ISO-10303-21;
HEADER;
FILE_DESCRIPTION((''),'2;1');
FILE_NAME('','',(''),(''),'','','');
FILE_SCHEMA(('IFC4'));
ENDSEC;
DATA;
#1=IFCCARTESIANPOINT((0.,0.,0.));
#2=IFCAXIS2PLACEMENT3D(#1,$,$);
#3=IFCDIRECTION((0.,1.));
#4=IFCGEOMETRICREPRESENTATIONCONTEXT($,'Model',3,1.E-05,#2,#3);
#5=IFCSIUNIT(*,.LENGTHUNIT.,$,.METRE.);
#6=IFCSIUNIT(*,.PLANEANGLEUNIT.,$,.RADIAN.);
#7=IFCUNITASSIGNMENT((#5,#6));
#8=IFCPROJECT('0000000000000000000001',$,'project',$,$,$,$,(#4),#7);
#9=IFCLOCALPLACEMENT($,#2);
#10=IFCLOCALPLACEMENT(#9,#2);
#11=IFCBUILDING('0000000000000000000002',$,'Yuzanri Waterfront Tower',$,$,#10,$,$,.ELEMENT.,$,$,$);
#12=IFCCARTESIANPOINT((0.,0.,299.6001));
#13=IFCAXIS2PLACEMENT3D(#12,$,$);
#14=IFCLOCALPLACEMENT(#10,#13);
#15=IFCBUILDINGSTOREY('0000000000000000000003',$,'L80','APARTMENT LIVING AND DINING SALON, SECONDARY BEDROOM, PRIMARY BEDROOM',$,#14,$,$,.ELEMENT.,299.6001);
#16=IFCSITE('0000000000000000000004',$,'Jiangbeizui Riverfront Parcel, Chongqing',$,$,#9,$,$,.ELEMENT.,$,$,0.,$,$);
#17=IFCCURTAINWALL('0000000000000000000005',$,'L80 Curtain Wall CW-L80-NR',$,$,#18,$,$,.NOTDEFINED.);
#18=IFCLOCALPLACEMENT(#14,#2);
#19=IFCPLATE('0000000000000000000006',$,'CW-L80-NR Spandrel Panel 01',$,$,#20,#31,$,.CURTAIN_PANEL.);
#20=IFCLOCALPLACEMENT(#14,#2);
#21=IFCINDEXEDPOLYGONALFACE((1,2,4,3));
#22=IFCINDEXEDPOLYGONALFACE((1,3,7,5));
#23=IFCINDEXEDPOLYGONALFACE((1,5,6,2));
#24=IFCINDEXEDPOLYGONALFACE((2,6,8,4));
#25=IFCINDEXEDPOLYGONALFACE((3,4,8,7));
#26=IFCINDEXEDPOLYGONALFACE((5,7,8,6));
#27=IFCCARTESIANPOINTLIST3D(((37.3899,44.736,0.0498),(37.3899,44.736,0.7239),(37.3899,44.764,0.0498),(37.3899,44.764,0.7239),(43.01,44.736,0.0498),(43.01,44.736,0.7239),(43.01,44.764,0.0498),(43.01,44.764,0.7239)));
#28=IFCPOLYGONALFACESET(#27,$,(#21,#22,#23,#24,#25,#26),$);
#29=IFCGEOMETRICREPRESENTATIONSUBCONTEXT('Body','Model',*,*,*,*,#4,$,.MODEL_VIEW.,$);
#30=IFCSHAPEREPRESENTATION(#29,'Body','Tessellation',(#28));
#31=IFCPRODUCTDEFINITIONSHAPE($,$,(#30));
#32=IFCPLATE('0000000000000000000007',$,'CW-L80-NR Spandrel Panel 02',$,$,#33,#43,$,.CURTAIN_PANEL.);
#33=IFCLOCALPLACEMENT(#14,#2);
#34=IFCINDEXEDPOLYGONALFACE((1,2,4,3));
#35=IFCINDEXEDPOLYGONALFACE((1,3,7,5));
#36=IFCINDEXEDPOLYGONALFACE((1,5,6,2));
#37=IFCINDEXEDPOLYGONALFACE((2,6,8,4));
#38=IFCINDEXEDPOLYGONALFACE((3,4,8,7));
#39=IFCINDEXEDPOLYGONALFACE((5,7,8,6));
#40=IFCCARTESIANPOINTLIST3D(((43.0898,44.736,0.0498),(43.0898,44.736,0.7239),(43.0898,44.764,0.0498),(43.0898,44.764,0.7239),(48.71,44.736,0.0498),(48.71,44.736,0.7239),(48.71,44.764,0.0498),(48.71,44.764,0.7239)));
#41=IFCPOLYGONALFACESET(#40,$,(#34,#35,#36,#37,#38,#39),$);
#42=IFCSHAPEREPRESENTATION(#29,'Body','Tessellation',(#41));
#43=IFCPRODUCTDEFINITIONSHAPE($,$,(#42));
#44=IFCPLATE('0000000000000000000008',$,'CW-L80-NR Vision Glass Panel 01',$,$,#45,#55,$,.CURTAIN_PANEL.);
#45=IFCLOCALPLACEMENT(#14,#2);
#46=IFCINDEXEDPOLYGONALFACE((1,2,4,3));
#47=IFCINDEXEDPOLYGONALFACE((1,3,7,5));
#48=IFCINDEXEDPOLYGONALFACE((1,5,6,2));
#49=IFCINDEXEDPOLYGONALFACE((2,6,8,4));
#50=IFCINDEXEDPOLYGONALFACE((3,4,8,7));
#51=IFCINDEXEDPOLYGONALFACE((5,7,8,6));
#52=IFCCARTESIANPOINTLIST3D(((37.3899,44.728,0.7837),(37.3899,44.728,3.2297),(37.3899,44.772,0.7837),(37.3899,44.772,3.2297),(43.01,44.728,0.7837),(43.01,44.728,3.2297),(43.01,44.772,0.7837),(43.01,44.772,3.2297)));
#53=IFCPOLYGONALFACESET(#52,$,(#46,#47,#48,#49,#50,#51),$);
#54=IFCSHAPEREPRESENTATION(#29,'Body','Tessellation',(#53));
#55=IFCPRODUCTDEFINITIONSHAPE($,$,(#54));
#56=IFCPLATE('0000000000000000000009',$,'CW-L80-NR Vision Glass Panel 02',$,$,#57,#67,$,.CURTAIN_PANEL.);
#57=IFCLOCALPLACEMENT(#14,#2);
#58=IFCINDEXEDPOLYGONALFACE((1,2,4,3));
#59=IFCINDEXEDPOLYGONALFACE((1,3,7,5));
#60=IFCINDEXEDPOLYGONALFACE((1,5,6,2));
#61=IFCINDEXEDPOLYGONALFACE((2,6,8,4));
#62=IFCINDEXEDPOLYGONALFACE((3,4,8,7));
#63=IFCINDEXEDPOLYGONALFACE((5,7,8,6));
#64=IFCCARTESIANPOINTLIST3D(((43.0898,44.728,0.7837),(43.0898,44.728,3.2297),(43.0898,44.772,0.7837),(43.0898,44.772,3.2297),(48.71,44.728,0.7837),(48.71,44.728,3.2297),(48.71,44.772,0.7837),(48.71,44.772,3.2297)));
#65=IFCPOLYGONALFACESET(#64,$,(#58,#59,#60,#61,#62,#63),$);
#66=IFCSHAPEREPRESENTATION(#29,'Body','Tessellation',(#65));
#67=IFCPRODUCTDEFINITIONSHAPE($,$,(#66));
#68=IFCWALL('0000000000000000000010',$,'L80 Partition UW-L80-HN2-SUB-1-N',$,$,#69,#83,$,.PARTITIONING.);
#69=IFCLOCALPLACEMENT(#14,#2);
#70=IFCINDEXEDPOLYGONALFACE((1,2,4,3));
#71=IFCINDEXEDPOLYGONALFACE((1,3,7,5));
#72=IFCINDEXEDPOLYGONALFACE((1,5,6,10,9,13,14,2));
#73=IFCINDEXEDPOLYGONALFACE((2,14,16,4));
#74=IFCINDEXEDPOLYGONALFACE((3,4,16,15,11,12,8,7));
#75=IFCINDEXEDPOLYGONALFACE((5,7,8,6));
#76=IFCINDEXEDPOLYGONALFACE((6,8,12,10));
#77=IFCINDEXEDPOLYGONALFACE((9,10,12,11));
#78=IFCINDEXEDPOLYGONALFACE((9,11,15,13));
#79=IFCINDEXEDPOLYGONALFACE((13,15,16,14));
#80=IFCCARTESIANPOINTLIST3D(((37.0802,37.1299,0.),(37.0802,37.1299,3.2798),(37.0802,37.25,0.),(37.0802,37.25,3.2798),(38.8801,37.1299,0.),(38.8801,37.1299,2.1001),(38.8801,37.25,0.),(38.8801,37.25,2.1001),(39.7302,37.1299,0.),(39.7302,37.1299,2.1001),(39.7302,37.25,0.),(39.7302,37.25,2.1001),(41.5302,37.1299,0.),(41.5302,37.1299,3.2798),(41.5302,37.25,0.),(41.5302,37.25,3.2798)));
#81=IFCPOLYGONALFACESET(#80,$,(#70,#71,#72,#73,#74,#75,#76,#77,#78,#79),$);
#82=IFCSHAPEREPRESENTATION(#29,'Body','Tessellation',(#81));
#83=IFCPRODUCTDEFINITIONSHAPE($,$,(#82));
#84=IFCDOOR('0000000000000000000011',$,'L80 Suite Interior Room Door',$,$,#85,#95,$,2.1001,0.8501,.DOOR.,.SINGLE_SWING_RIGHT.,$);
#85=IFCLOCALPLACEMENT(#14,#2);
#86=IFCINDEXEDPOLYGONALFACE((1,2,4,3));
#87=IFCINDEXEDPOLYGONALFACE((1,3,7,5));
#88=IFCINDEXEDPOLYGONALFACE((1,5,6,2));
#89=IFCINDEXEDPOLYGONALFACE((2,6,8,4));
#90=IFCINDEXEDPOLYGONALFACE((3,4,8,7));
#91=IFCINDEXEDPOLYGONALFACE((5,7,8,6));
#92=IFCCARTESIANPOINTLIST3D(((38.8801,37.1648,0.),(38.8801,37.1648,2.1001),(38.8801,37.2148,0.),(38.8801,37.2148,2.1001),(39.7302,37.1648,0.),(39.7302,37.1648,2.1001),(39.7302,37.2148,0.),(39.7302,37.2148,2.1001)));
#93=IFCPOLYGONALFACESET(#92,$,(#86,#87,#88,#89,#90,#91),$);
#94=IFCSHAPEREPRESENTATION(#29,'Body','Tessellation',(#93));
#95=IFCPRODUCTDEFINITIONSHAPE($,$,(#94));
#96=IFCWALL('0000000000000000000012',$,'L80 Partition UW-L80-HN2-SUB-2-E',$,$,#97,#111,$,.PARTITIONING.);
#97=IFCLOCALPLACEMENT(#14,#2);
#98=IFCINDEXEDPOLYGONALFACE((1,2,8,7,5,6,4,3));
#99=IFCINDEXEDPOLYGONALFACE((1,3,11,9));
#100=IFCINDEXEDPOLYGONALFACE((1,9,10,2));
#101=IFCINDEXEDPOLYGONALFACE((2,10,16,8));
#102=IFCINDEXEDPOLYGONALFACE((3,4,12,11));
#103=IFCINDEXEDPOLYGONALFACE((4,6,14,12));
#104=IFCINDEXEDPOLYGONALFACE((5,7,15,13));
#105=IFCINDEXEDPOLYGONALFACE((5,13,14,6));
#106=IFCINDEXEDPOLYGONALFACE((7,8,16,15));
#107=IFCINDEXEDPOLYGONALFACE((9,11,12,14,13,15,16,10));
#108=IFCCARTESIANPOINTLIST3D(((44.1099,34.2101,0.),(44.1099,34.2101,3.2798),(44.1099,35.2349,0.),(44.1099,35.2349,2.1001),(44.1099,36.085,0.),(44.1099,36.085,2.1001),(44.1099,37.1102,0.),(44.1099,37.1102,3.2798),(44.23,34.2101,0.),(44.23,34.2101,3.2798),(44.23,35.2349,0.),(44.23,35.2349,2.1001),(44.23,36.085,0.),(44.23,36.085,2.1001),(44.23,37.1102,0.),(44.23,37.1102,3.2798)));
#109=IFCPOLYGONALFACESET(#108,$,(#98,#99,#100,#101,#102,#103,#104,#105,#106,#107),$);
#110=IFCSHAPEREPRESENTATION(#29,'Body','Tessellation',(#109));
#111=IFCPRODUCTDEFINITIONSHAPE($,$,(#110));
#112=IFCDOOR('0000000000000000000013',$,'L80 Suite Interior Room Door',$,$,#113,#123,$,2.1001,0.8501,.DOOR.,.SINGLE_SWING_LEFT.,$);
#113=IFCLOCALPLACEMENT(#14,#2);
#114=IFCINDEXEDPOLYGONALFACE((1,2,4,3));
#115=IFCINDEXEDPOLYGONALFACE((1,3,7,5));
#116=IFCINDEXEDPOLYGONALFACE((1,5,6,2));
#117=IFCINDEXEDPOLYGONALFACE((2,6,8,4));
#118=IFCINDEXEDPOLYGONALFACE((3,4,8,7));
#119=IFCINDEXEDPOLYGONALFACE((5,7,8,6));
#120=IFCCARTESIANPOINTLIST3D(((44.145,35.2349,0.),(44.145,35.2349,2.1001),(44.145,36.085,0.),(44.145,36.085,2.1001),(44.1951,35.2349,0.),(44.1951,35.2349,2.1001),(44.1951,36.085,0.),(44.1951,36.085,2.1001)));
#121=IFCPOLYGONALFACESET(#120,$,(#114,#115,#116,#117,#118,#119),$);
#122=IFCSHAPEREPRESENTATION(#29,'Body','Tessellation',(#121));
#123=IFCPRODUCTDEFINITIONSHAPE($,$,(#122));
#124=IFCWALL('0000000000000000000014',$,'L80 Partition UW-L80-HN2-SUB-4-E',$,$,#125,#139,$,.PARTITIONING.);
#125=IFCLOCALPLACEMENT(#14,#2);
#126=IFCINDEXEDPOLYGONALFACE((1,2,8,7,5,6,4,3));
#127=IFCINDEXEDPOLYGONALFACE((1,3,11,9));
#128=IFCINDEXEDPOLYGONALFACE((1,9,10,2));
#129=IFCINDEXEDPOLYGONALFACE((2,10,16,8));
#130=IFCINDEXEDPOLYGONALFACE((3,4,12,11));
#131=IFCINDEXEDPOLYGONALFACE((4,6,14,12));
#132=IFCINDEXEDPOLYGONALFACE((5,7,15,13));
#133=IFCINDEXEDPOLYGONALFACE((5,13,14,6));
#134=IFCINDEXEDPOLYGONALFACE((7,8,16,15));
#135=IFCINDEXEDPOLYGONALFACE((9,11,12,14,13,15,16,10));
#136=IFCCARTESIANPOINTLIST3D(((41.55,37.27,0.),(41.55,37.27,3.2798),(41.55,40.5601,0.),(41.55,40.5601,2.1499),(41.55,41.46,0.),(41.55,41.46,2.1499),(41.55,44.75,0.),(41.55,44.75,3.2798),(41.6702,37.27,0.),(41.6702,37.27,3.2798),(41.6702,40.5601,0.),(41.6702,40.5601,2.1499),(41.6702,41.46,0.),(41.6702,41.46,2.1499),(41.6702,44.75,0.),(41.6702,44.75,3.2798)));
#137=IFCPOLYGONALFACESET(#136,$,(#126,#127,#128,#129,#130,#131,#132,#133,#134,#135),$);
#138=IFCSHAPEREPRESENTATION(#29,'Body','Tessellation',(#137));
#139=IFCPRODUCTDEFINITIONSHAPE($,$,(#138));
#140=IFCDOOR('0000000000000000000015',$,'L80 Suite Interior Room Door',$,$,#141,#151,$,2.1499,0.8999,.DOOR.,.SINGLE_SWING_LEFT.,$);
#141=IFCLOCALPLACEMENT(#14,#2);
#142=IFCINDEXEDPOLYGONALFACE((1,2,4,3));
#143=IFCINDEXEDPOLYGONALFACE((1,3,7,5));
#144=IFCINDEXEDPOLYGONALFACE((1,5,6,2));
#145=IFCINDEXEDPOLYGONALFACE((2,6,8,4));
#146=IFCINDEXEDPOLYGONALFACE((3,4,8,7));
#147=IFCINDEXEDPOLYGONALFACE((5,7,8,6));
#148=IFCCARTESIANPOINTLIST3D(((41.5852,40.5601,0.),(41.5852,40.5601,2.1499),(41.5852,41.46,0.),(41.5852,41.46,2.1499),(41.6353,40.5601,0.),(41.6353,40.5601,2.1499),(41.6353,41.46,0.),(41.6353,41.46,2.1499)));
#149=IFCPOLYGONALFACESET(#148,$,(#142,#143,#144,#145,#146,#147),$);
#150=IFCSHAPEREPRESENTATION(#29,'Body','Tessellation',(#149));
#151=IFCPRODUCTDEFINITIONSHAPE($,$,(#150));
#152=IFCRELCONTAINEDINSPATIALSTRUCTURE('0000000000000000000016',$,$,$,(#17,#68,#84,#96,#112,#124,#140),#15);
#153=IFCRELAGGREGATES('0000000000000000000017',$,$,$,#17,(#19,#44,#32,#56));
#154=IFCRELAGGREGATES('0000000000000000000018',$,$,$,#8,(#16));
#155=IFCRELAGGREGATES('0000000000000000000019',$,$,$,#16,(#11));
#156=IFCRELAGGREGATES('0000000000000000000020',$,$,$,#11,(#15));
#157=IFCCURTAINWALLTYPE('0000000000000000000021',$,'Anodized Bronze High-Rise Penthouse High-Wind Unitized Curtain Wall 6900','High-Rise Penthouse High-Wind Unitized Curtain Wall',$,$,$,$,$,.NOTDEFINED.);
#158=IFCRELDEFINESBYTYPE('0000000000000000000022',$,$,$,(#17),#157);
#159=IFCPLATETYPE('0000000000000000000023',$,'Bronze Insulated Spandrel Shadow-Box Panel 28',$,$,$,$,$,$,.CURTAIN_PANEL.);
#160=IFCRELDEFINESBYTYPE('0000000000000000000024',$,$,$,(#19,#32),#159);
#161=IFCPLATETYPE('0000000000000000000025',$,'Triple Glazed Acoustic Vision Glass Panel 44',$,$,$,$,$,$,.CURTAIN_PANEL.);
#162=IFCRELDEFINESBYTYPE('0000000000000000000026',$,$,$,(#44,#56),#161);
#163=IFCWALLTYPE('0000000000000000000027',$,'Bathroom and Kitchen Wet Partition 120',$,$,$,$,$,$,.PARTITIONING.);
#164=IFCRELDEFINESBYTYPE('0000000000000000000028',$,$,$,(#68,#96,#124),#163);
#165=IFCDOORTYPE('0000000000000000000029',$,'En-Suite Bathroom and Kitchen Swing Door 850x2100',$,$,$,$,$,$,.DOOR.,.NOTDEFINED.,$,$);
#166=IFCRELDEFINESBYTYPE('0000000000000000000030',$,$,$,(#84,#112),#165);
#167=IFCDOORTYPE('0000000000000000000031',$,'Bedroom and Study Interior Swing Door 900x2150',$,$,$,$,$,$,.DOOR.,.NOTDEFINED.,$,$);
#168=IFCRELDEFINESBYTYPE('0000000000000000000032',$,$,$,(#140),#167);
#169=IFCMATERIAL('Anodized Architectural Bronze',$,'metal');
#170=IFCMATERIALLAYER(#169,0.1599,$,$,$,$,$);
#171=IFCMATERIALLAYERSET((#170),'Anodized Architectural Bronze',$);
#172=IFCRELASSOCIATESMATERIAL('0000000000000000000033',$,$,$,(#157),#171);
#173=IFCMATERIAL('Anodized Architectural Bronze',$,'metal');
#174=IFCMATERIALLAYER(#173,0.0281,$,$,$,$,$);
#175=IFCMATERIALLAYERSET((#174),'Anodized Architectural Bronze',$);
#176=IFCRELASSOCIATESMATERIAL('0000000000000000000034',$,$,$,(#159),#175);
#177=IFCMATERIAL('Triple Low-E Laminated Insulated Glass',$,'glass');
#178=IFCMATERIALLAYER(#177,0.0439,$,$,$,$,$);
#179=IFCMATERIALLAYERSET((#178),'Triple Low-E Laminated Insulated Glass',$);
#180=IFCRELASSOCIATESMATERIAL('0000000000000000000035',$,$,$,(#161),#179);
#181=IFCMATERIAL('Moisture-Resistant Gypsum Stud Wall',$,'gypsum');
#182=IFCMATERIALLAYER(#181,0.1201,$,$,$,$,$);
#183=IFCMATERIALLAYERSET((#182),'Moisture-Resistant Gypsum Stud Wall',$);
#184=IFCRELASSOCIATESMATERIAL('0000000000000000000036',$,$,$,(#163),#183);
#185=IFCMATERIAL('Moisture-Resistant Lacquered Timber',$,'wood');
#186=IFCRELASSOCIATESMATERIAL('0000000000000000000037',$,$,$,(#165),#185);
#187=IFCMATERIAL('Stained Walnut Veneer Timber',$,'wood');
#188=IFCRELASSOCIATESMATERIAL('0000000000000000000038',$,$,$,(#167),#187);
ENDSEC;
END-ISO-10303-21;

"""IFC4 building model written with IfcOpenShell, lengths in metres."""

from ifc_helpers import new_model, si_unit, direction, frame, frame_2d, origin, origin_2d, place, context, subcontext, project, spatial, rectangle, extrude, source, transform, mapped, material, layer, layer_set, type_object, element, fill, aggregate, save


model = new_model("IFC4")

# Units and contexts
model_context = context("Model", 3, precision=1e-05, world=origin(), true_north=direction((0.0, 1.0)))
body_context = subcontext(model_context, "Body", "Model", "MODEL_VIEW")
ifc_project = project(units=[si_unit("LENGTHUNIT", "METRE"), si_unit("PLANEANGLEUNIT", "RADIAN")], contexts=[model_context])

# Site, building, storey
site_placement = place(None, origin())
site = spatial("IfcSite", under=ifc_project, at=site_placement, Name="Jiangbeizui Riverfront Parcel, Chongqing", CompositionType="ELEMENT", RefElevation=0.0)
building_placement = place(site_placement, origin())
building = spatial("IfcBuilding", under=site, at=building_placement, Name="Yuzanri Waterfront Tower", CompositionType="ELEMENT")
storey_placement = place(building_placement, frame((0.0, 0.0, 299.6001)))
storey = spatial("IfcBuildingStorey", under=building, at=storey_placement, Name="L80", Description="APARTMENT LIVING AND DINING SALON, SECONDARY BEDROOM, PRIMARY BEDROOM", CompositionType="ELEMENT", Elevation=299.6001)

# Curtain wall, plates
ifc_material_1 = material(Name="Anodized Architectural Bronze", Category="metal")
ifc_layer_1 = layer(ifc_material_1, 0.1599)
ifc_layer_set_1 = layer_set([ifc_layer_1], Name="Anodized Architectural Bronze")
curtain_wall_type = type_object("IfcCurtainWallType", Name="Anodized Bronze High-Rise Penthouse High-Wind Unitized Curtain Wall 6900", Description="High-Rise Penthouse High-Wind Unitized Curtain Wall", PredefinedType="NOTDEFINED", material=ifc_layer_set_1)
curtain_wall_placement = place(storey_placement, origin())
curtain_wall = element("IfcCurtainWall", 1, at=curtain_wall_placement, inside=storey, type_object=curtain_wall_type, Name="L80 Curtain Wall CW-L80-NR", PredefinedType="NOTDEFINED")
ifc_material_2 = material(Name="Anodized Architectural Bronze", Category="metal")
ifc_layer_2 = layer(ifc_material_2, 0.0281)
ifc_layer_set_2 = layer_set([ifc_layer_2], Name="Anodized Architectural Bronze")
plate_type_1 = type_object("IfcPlateType", Name="Bronze Insulated Spandrel Shadow-Box Panel 28", PredefinedType="CURTAIN_PANEL", material=ifc_layer_set_2)
shared_shape_1 = source(origin(), body_context, "Body", "SweptSolid", [
    extrude(rectangle(XDim=5.6201, YDim=0.0281, at=origin_2d()), origin(), (0.0, 0.0, 1.0), 0.6741),
])
plate_1_placement = place(storey_placement, frame((40.2, 44.75, 0.0498), z_axis=(0.0, 0.0, 1.0), x_axis=(1.0, 0.0, 0.0)))
plate_1 = element("IfcPlate", 2, at=plate_1_placement, type_object=plate_type_1, Name="CW-L80-NR Spandrel Panel 01", PredefinedType="CURTAIN_PANEL", context=body_context, shape_type="MappedRepresentation", body=[
    mapped(shared_shape_1, transform((0.0, 0.0, 0.0), scale=1.0)),
])
plate_2_placement = place(storey_placement, frame((45.8999, 44.75, 0.0498), z_axis=(0.0, 0.0, 1.0), x_axis=(1.0, 0.0, 0.0)))
plate_2 = element("IfcPlate", 3, at=plate_2_placement, type_object=plate_type_1, Name="CW-L80-NR Spandrel Panel 02", PredefinedType="CURTAIN_PANEL", context=body_context, shape_type="MappedRepresentation", body=[
    mapped(shared_shape_1, transform((0.0, 0.0, 0.0), scale=1.0)),
])
ifc_material_3 = material(Name="Triple Low-E Laminated Insulated Glass", Category="glass")
ifc_layer_3 = layer(ifc_material_3, 0.0439)
ifc_layer_set_3 = layer_set([ifc_layer_3], Name="Triple Low-E Laminated Insulated Glass")
plate_type_2 = type_object("IfcPlateType", Name="Triple Glazed Acoustic Vision Glass Panel 44", PredefinedType="CURTAIN_PANEL", material=ifc_layer_set_3)
shared_shape_2 = source(origin(), body_context, "Body", "SweptSolid", [
    extrude(rectangle(XDim=5.6201, YDim=0.0439, at=origin_2d()), origin(), (0.0, 0.0, 1.0), 2.446),
])
plate_3_placement = place(storey_placement, frame((40.2, 44.75, 0.7837), z_axis=(0.0, 0.0, 1.0), x_axis=(1.0, 0.0, 0.0)))
plate_3 = element("IfcPlate", 4, at=plate_3_placement, type_object=plate_type_2, Name="CW-L80-NR Vision Glass Panel 01", PredefinedType="CURTAIN_PANEL", context=body_context, shape_type="MappedRepresentation", body=[
    mapped(shared_shape_2, transform((0.0, 0.0, 0.0), scale=1.0)),
])
plate_4_placement = place(storey_placement, frame((45.8999, 44.75, 0.7837), z_axis=(0.0, 0.0, 1.0), x_axis=(1.0, 0.0, 0.0)))
plate_4 = element("IfcPlate", 5, at=plate_4_placement, type_object=plate_type_2, Name="CW-L80-NR Vision Glass Panel 02", PredefinedType="CURTAIN_PANEL", context=body_context, shape_type="MappedRepresentation", body=[
    mapped(shared_shape_2, transform((0.0, 0.0, 0.0), scale=1.0)),
])
aggregate(curtain_wall, [plate_1, plate_3, plate_2, plate_4])

# Walls, openings, doors
ifc_material_4 = material(Name="Moisture-Resistant Gypsum Stud Wall", Category="gypsum")
ifc_layer_4 = layer(ifc_material_4, 0.1201)
ifc_layer_set_4 = layer_set([ifc_layer_4], Name="Moisture-Resistant Gypsum Stud Wall")
wall_type_1 = type_object("IfcWallType", Name="Bathroom and Kitchen Wet Partition 120", PredefinedType="PARTITIONING", material=ifc_layer_set_4)
wall_1_placement = place(storey_placement, frame((37.0801, 37.1899, 0.0), z_axis=(0.0, 0.0, 1.0), x_axis=(1.0, 0.0, 0.0)))
wall_1 = element("IfcWall", 6, at=wall_1_placement, inside=storey, type_object=wall_type_1, Name="L80 Partition UW-L80-HN2-SUB-1-N", PredefinedType="PARTITIONING", context=body_context, shape_type="SweptSolid", body=[
    extrude(rectangle(XDim=4.45, YDim=0.1201, at=frame_2d((2.2251, 0.0))), origin(), (0.0, 0.0, 1.0), 3.2798),
])
opening_1_placement = place(wall_1_placement, frame((1.8, 0.0, 0.0)))
opening_1 = element("IfcOpeningElement", 7, at=opening_1_placement, cuts=wall_1, PredefinedType="OPENING", context=body_context, shape_type="SweptSolid", body=[
    extrude(rectangle(XDim=0.8501, YDim=2.1001, at=frame_2d((0.425, 1.05))), frame((0.0, 0.075, 0.0), z_axis=(0.0, -1.0, 0.0), x_axis=(1.0, 0.0, 0.0)), (0.0, 0.0, 1.0), 0.1499),
])
ifc_material_5 = material(Name="Moisture-Resistant Lacquered Timber", Category="wood")
door_type_1 = type_object("IfcDoorType", Name="En-Suite Bathroom and Kitchen Swing Door 850x2100", OperationType="NOTDEFINED", PredefinedType="DOOR", material=ifc_material_5)
shared_shape_3 = source(origin(), body_context, "Body", "SweptSolid", [
    extrude(rectangle(XDim=0.8501, YDim=2.1001, at=frame_2d((0.425, 1.05))), frame((0.0, 0.0249, 0.0), z_axis=(0.0, -1.0, 0.0), x_axis=(1.0, 0.0, 0.0)), (0.0, 0.0, 1.0), 0.05),
])
door_1_placement = place(opening_1_placement, origin())
door_1 = element("IfcDoor", 8, at=door_1_placement, inside=storey, type_object=door_type_1, Name="L80 Suite Interior Room Door", OperationType="SINGLE_SWING_RIGHT", OverallHeight=2.1001, OverallWidth=0.8501, PredefinedType="DOOR", context=body_context, shape_type="MappedRepresentation", body=[
    mapped(shared_shape_3, transform((0.0, 0.0, 0.0), scale=1.0)),
])
fill(opening_1, door_1)
wall_2_placement = place(storey_placement, frame((44.1699, 34.21, 0.0), z_axis=(0.0, 0.0, 1.0), x_axis=(0.0, 1.0, 0.0)))
wall_2 = element("IfcWall", 9, at=wall_2_placement, inside=storey, type_object=wall_type_1, Name="L80 Partition UW-L80-HN2-SUB-2-E", PredefinedType="PARTITIONING", context=body_context, shape_type="SweptSolid", body=[
    extrude(rectangle(XDim=2.9001, YDim=0.1201, at=frame_2d((1.4502, 0.0))), origin(), (0.0, 0.0, 1.0), 3.2798),
])
opening_2_placement = place(wall_2_placement, frame((1.0249, 0.0, 0.0)))
opening_2 = element("IfcOpeningElement", 10, at=opening_2_placement, cuts=wall_2, PredefinedType="OPENING", context=body_context, shape_type="SweptSolid", body=[
    extrude(rectangle(XDim=0.8501, YDim=2.1001, at=frame_2d((0.425, 1.05))), frame((0.0, 0.075, 0.0), z_axis=(0.0, -1.0, 0.0), x_axis=(1.0, 0.0, 0.0)), (0.0, 0.0, 1.0), 0.1499),
])
door_2_placement = place(opening_2_placement, origin())
door_2 = element("IfcDoor", 11, at=door_2_placement, inside=storey, type_object=door_type_1, Name="L80 Suite Interior Room Door", OperationType="SINGLE_SWING_LEFT", OverallHeight=2.1001, OverallWidth=0.8501, PredefinedType="DOOR", context=body_context, shape_type="MappedRepresentation", body=[
    mapped(shared_shape_3, transform((0.0, 0.0, 0.0), scale=1.0)),
])
fill(opening_2, door_2)
wall_3_placement = place(storey_placement, frame((41.6101, 37.27, 0.0), z_axis=(0.0, 0.0, 1.0), x_axis=(0.0, 1.0, 0.0)))
wall_3 = element("IfcWall", 12, at=wall_3_placement, inside=storey, type_object=wall_type_1, Name="L80 Partition UW-L80-HN2-SUB-4-E", PredefinedType="PARTITIONING", context=body_context, shape_type="SweptSolid", body=[
    extrude(rectangle(XDim=7.48, YDim=0.1201, at=frame_2d((3.74, 0.0))), origin(), (0.0, 0.0, 1.0), 3.2798),
])
opening_3_placement = place(wall_3_placement, frame((3.29, 0.0, 0.0)))
opening_3 = element("IfcOpeningElement", 13, at=opening_3_placement, cuts=wall_3, PredefinedType="OPENING", context=body_context, shape_type="SweptSolid", body=[
    extrude(rectangle(XDim=0.8999, YDim=2.1499, at=frame_2d((0.45, 1.075))), frame((0.0, 0.075, 0.0), z_axis=(0.0, -1.0, 0.0), x_axis=(1.0, 0.0, 0.0)), (0.0, 0.0, 1.0), 0.1499),
])
ifc_material_6 = material(Name="Stained Walnut Veneer Timber", Category="wood")
door_type_2 = type_object("IfcDoorType", Name="Bedroom and Study Interior Swing Door 900x2150", OperationType="NOTDEFINED", PredefinedType="DOOR", material=ifc_material_6)
shared_shape_4 = source(origin(), body_context, "Body", "SweptSolid", [
    extrude(rectangle(XDim=0.8999, YDim=2.1499, at=frame_2d((0.45, 1.075))), frame((0.0, 0.0249, 0.0), z_axis=(0.0, -1.0, 0.0), x_axis=(1.0, 0.0, 0.0)), (0.0, 0.0, 1.0), 0.05),
])
door_3_placement = place(opening_3_placement, origin())
door_3 = element("IfcDoor", 14, at=door_3_placement, inside=storey, type_object=door_type_2, Name="L80 Suite Interior Room Door", OperationType="SINGLE_SWING_LEFT", OverallHeight=2.1499, OverallWidth=0.8999, PredefinedType="DOOR", context=body_context, shape_type="MappedRepresentation", body=[
    mapped(shared_shape_4, transform((0.0, 0.0, 0.0), scale=1.0)),
])
fill(opening_3, door_3)

save(model, "model.ifc")
